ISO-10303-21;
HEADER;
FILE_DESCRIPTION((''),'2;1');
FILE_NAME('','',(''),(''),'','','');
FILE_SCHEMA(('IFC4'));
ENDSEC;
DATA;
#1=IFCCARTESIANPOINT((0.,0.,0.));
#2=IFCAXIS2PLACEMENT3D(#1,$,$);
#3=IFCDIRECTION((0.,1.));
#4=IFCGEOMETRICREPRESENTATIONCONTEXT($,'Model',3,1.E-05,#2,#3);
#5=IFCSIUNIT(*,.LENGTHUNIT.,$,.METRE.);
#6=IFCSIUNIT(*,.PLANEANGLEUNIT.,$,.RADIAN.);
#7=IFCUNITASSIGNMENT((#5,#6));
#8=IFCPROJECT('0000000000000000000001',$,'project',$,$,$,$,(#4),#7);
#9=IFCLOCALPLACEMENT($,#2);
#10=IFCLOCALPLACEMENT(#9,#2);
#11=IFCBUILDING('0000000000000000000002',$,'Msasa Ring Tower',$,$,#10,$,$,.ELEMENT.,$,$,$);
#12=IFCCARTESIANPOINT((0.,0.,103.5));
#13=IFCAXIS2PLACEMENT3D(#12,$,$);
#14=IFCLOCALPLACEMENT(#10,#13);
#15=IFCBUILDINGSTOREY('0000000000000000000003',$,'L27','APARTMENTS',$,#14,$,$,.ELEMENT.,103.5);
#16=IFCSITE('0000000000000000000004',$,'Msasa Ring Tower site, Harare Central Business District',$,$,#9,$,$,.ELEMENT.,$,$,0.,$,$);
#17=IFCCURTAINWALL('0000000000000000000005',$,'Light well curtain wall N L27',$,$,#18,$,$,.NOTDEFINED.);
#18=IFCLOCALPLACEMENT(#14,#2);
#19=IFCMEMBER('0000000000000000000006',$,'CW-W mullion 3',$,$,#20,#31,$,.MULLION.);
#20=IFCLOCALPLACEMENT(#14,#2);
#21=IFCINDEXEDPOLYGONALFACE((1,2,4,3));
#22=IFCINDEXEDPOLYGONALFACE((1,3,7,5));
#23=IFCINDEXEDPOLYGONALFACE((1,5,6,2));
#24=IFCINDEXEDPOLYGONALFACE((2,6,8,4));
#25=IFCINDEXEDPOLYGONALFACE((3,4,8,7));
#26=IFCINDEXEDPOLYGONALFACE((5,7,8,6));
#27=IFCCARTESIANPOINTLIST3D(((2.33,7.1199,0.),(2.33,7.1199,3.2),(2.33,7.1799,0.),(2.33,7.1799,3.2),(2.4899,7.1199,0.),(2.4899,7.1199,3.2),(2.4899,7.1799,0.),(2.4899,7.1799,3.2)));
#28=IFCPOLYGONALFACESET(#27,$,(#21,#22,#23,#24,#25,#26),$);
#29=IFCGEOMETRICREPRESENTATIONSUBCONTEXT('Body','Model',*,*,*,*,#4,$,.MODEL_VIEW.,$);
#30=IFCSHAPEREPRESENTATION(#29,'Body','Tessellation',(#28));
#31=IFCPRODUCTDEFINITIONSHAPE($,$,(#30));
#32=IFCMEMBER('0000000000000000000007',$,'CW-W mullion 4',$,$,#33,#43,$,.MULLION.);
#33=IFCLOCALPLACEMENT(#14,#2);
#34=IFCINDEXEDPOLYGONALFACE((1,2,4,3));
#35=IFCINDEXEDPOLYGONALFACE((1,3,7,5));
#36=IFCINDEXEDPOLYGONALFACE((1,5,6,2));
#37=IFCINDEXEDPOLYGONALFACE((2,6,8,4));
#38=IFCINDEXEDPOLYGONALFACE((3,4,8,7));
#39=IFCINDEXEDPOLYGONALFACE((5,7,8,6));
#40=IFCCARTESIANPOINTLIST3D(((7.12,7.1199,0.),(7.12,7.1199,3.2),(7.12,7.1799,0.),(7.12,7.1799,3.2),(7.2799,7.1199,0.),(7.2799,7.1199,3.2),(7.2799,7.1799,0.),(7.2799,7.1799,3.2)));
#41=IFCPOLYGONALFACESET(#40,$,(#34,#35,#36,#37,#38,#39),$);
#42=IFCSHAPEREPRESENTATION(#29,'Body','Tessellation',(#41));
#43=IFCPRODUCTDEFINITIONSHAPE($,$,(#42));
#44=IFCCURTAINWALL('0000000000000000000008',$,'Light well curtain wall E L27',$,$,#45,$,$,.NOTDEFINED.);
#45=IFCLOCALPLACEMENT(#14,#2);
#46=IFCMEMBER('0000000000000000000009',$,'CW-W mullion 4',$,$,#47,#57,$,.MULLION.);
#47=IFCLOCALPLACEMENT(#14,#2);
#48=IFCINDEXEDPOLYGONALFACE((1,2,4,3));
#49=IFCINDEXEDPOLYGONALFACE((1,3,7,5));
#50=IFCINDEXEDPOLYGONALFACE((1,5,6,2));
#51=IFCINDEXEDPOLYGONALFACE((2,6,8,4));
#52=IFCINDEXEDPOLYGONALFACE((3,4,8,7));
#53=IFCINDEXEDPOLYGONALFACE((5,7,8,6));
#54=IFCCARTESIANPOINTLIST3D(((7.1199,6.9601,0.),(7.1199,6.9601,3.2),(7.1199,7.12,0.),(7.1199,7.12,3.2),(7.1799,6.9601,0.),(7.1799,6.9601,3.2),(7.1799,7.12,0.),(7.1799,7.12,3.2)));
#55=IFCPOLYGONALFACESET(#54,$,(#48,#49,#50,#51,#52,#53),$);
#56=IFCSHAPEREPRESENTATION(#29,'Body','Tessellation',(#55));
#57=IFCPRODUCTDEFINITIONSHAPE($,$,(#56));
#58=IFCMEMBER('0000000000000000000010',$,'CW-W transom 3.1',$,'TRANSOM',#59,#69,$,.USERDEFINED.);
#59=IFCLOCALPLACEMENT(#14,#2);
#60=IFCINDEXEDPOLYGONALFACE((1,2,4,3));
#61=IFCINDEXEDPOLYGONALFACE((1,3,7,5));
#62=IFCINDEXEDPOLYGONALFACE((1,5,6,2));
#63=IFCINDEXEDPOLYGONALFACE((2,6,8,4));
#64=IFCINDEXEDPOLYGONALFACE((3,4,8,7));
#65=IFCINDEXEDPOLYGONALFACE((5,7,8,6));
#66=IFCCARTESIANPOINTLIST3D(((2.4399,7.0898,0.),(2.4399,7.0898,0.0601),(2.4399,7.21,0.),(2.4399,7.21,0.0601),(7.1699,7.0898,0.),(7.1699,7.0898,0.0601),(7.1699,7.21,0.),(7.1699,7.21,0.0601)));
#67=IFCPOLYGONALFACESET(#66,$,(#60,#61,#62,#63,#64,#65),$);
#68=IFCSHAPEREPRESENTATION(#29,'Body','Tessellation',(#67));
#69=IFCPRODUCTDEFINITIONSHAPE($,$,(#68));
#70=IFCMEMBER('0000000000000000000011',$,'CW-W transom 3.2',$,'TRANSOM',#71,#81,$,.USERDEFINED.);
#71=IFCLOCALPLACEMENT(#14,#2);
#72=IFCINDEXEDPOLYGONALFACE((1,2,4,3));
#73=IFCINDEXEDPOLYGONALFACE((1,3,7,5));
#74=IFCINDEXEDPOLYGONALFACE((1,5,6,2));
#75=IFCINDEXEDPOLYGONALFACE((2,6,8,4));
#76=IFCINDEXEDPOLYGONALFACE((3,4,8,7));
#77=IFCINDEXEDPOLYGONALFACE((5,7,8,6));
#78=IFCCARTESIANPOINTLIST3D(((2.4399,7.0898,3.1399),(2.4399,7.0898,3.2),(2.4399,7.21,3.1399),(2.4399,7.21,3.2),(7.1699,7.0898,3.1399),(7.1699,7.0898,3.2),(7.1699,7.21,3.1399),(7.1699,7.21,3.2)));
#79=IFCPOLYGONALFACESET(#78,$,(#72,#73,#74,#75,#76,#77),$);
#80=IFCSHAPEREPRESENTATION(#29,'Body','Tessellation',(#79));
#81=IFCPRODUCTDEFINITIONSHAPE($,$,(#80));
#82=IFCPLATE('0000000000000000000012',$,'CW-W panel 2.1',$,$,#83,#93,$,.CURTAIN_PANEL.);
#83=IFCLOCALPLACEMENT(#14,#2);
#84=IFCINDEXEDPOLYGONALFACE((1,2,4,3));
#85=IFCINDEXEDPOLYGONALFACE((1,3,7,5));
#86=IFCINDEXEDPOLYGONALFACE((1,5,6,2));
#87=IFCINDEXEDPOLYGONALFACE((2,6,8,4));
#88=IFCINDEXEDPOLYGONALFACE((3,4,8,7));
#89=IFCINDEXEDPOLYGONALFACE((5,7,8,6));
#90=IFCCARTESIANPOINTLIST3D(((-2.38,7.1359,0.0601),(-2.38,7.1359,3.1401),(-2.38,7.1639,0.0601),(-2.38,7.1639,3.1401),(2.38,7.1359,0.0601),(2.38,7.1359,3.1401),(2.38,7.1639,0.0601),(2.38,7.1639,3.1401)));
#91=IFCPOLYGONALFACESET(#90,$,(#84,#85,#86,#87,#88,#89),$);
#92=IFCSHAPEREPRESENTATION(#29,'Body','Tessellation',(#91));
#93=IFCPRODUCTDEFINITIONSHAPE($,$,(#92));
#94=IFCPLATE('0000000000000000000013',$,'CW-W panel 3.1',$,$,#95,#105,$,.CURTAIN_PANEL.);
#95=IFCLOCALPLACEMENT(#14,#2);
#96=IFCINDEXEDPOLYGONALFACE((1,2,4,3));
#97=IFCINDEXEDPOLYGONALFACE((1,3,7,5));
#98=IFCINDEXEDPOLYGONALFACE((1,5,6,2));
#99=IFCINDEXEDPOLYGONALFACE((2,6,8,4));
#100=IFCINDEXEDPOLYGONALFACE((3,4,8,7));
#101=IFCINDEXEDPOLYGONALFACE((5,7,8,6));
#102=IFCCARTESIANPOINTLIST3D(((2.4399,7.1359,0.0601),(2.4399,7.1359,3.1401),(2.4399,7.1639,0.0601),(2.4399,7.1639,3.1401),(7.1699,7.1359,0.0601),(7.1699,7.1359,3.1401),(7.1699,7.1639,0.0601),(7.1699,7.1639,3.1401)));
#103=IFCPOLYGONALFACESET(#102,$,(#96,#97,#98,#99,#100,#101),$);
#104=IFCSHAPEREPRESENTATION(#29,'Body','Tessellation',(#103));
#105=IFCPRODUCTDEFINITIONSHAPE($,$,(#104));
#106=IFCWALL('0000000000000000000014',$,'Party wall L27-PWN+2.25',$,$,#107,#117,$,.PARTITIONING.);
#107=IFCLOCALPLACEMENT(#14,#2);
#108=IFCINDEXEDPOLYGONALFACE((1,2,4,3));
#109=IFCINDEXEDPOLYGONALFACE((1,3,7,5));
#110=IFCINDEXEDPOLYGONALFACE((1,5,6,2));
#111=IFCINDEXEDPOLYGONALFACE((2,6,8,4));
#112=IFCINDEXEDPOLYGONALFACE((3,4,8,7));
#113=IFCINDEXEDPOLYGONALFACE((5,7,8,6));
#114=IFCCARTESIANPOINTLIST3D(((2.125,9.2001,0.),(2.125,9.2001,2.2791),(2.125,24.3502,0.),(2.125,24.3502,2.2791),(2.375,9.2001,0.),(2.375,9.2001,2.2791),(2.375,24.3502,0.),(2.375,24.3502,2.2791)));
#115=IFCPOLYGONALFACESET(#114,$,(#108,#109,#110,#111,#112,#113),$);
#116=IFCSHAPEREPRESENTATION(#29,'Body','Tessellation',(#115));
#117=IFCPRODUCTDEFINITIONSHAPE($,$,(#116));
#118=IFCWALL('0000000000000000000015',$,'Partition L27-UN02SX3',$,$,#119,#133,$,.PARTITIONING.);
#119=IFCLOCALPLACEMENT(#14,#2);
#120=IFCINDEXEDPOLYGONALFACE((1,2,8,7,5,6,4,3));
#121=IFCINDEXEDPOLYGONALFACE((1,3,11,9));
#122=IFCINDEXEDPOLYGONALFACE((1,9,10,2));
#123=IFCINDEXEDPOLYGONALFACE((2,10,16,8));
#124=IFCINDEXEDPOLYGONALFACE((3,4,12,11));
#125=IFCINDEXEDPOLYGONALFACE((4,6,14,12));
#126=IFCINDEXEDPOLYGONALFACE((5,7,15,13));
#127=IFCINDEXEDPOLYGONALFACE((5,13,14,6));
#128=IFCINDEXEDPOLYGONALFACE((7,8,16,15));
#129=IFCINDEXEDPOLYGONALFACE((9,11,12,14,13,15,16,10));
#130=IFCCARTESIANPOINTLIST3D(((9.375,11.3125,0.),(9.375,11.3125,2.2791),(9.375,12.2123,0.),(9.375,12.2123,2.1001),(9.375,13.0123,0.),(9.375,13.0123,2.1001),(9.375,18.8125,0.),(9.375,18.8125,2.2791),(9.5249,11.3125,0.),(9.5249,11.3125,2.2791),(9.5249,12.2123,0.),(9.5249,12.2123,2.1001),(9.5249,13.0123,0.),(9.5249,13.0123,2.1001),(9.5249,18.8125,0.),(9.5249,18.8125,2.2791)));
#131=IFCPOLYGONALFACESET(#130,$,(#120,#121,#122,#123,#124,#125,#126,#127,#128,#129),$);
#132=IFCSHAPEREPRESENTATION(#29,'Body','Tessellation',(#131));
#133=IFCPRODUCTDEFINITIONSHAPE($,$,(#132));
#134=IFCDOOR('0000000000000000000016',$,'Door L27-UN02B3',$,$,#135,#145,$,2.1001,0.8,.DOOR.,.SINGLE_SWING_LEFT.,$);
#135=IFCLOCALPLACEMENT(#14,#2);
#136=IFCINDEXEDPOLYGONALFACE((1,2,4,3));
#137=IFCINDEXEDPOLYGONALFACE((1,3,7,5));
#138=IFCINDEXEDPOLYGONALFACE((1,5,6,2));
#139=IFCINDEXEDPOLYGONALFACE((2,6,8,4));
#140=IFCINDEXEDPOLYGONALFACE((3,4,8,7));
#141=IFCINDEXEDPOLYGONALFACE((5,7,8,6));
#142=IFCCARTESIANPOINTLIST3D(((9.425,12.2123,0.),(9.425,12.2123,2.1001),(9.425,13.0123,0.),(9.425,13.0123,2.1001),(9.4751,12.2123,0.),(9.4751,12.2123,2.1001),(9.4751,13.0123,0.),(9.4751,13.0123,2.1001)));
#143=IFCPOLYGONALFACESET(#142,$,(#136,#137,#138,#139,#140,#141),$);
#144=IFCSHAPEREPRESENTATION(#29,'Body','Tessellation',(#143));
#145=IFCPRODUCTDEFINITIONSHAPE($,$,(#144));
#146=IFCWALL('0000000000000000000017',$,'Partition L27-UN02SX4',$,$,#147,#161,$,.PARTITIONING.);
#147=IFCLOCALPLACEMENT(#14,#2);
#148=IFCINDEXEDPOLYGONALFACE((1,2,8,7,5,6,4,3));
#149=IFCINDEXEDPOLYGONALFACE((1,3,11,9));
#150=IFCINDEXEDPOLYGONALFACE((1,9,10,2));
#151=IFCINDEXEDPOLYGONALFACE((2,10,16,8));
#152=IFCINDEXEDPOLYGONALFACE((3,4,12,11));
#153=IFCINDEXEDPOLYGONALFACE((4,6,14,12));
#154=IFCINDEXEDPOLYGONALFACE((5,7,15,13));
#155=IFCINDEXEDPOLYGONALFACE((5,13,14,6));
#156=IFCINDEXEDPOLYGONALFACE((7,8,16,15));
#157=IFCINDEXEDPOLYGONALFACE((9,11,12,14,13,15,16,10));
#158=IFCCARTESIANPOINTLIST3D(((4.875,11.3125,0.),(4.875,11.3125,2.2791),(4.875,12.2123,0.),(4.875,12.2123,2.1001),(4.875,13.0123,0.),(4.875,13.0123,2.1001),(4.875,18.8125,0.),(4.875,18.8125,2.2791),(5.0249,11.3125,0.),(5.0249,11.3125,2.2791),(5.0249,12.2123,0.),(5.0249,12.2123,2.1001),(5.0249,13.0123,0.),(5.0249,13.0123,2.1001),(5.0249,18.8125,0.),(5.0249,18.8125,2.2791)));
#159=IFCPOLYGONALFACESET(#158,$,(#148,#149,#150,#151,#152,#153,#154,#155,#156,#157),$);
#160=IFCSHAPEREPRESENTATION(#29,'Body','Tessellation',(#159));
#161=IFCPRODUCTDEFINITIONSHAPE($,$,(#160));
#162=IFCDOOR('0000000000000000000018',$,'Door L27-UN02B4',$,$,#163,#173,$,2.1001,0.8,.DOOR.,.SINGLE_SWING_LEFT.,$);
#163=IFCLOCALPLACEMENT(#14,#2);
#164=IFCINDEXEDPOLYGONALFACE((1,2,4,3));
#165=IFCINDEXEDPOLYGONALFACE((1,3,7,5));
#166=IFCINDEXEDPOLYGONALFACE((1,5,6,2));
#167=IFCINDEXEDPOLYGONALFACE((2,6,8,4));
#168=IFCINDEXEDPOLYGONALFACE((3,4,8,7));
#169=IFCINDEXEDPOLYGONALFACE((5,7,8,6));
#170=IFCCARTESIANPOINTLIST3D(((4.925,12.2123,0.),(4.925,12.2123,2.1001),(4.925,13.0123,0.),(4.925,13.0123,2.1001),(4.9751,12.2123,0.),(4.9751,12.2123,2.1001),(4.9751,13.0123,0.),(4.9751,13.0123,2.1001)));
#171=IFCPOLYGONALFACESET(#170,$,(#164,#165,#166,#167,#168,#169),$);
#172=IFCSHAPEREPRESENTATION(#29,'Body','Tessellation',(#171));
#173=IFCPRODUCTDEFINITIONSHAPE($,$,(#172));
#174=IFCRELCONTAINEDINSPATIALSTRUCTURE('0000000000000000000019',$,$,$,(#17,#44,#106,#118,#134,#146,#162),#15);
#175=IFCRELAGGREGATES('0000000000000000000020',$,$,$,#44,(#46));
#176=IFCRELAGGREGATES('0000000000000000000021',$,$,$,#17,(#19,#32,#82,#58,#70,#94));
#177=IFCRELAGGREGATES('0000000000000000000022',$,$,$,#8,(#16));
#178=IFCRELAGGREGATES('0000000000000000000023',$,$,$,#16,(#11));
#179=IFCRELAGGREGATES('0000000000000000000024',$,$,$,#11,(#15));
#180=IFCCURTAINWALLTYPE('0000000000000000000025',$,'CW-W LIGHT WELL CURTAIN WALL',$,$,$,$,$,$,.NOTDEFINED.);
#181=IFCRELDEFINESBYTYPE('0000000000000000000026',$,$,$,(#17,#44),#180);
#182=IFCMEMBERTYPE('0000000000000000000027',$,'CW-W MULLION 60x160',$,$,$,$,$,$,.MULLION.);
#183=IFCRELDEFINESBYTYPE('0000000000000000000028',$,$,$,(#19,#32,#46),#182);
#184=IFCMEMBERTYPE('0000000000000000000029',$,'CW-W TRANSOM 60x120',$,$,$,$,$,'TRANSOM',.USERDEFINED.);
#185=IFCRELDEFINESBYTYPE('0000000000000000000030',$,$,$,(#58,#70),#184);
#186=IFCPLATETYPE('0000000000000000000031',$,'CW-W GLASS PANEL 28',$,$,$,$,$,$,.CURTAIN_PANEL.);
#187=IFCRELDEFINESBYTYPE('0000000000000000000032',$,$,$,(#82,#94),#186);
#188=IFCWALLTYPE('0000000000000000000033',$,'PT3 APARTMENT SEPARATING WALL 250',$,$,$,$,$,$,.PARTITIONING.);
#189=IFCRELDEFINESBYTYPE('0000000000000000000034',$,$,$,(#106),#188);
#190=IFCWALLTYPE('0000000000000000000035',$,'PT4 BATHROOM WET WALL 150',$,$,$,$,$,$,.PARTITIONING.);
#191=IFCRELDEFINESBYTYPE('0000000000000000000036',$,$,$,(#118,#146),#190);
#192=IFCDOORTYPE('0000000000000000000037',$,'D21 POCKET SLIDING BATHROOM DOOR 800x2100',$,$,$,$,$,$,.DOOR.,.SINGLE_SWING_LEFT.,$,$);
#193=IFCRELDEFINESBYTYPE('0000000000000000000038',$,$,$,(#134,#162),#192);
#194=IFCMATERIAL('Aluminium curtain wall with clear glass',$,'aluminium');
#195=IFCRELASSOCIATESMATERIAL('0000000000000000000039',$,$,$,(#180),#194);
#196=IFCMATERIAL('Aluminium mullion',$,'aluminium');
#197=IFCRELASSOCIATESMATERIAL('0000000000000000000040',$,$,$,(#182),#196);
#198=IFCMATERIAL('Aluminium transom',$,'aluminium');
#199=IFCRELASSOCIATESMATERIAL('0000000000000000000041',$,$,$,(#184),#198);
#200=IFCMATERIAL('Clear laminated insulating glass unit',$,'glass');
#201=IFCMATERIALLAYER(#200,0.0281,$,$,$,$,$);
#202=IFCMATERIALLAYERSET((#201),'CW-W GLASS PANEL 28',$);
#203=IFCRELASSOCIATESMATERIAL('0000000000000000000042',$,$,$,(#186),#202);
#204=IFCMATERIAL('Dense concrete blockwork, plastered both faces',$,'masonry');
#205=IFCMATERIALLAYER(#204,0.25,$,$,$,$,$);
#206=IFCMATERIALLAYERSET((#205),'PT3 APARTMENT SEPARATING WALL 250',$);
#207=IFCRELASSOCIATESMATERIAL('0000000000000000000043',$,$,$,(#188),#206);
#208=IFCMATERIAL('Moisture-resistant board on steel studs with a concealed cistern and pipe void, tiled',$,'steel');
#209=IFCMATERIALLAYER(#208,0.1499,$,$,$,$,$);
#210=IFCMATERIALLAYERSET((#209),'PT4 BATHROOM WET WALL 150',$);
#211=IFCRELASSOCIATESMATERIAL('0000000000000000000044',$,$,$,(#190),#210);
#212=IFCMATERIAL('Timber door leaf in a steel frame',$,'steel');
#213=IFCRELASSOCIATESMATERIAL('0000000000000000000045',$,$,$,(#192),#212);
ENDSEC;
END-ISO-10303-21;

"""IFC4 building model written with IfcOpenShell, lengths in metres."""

from ifc_helpers import new_model, si_unit, direction, frame, frame_2d, origin, origin_2d, place, context, subcontext, project, spatial, rectangle, extrude, material, layer, layer_set, material_profile, profile_set, type_object, element, fill, aggregate, save


model = new_model("IFC4")

# Units and contexts
model_context = context("Model", 3, precision=1e-05, world=origin(), true_north=direction((0.0, 1.0)))
body_context = subcontext(model_context, "Body", "Model", "MODEL_VIEW")
ifc_project = project(units=[si_unit("LENGTHUNIT", "METRE"), si_unit("PLANEANGLEUNIT", "RADIAN")], contexts=[model_context])

# Site, building, storey
site_placement = place(None, origin())
site = spatial("IfcSite", under=ifc_project, at=site_placement, Name="Msasa Ring Tower site, Harare Central Business District", CompositionType="ELEMENT", RefElevation=0.0)
building_placement = place(site_placement, origin())
building = spatial("IfcBuilding", under=site, at=building_placement, Name="Msasa Ring Tower", CompositionType="ELEMENT")
storey_placement = place(building_placement, frame((0.0, 0.0, 103.5)))
storey = spatial("IfcBuildingStorey", under=building, at=storey_placement, Name="L27", Description="APARTMENTS", CompositionType="ELEMENT", Elevation=103.5)

# Curtain wall, members
ifc_material_1 = material(Name="Aluminium curtain wall with clear glass", Category="aluminium")
curtain_wall_type = type_object("IfcCurtainWallType", Name="CW-W LIGHT WELL CURTAIN WALL", PredefinedType="NOTDEFINED", material=ifc_material_1)
curtain_wall_1_placement = place(storey_placement, origin())
curtain_wall_1 = element("IfcCurtainWall", 1, at=curtain_wall_1_placement, inside=storey, type_object=curtain_wall_type, Name="Light well curtain wall N L27", PredefinedType="NOTDEFINED")
ifc_material_2 = material(Name="Aluminium mullion", Category="aluminium")
ifc_material_profile_1 = material_profile(ifc_material_2, rectangle(XDim=0.0601, YDim=0.1599, at=origin_2d()), Name="AL 60x160")
ifc_profile_set_1 = profile_set([ifc_material_profile_1], Name="Aluminium mullion")
member_type_1 = type_object("IfcMemberType", Name="CW-W MULLION 60x160", PredefinedType="MULLION", material=ifc_profile_set_1)
member_1_placement = place(storey_placement, frame((2.4099, 7.1499, 0.0), z_axis=(0.0, 0.0, 1.0), x_axis=(0.0, 1.0, 0.0)))
member_1 = element("IfcMember", 2, at=member_1_placement, type_object=member_type_1, Name="CW-W mullion 3", PredefinedType="MULLION", context=body_context, shape_type="SweptSolid", body=[
    extrude(rectangle(XDim=0.0601, YDim=0.1599, at=origin_2d()), origin(), (0.0, 0.0, 1.0), 3.2),
])
member_2_placement = place(storey_placement, frame((7.2, 7.1499, 0.0), z_axis=(0.0, 0.0, 1.0), x_axis=(0.0, 1.0, 0.0)))
member_2 = element("IfcMember", 3, at=member_2_placement, type_object=member_type_1, Name="CW-W mullion 4", PredefinedType="MULLION", context=body_context, shape_type="SweptSolid", body=[
    extrude(rectangle(XDim=0.0601, YDim=0.1599, at=origin_2d()), origin(), (0.0, 0.0, 1.0), 3.2),
])

# Curtain wall, member
curtain_wall_2_placement = place(storey_placement, origin())
curtain_wall_2 = element("IfcCurtainWall", 4, at=curtain_wall_2_placement, inside=storey, type_object=curtain_wall_type, Name="Light well curtain wall E L27", PredefinedType="NOTDEFINED")
member_3_placement = place(storey_placement, frame((7.1499, 7.04, 0.0), z_axis=(0.0, 0.0, 1.0), x_axis=(-1.0, 0.0, 0.0)))
member_3 = element("IfcMember", 5, at=member_3_placement, type_object=member_type_1, Name="CW-W mullion 4", PredefinedType="MULLION", context=body_context, shape_type="SweptSolid", body=[
    extrude(rectangle(XDim=0.0601, YDim=0.1599, at=origin_2d()), origin(), (0.0, 0.0, 1.0), 3.2),
])
aggregate(curtain_wall_2, [member_3])

# Members
ifc_material_3 = material(Name="Aluminium transom", Category="aluminium")
ifc_material_profile_2 = material_profile(ifc_material_3, rectangle(XDim=0.1201, YDim=0.0601, at=origin_2d()), Name="AL 60x120")
ifc_profile_set_2 = profile_set([ifc_material_profile_2], Name="Aluminium transom")
member_type_2 = type_object("IfcMemberType", Name="CW-W TRANSOM 60x120", ElementType="TRANSOM", PredefinedType="USERDEFINED", material=ifc_profile_set_2)
member_4_placement = place(storey_placement, frame((2.4399, 7.1499, 0.03), z_axis=(1.0, 0.0, 0.0), x_axis=(0.0, 1.0, 0.0)))
member_4 = element("IfcMember", 6, at=member_4_placement, type_object=member_type_2, Name="CW-W transom 3.1", ObjectType="TRANSOM", PredefinedType="USERDEFINED", context=body_context, shape_type="SweptSolid", body=[
    extrude(rectangle(XDim=0.1201, YDim=0.0601, at=origin_2d()), origin(), (0.0, 0.0, 1.0), 4.73),
])
member_5_placement = place(storey_placement, frame((2.4399, 7.1499, 3.1699), z_axis=(1.0, 0.0, 0.0), x_axis=(0.0, 1.0, 0.0)))
member_5 = element("IfcMember", 7, at=member_5_placement, type_object=member_type_2, Name="CW-W transom 3.2", ObjectType="TRANSOM", PredefinedType="USERDEFINED", context=body_context, shape_type="SweptSolid", body=[
    extrude(rectangle(XDim=0.1201, YDim=0.0601, at=origin_2d()), origin(), (0.0, 0.0, 1.0), 4.73),
])

# Plates
ifc_material_4 = material(Name="Clear laminated insulating glass unit", Category="glass")
ifc_layer_1 = layer(ifc_material_4, 0.0281)
ifc_layer_set_1 = layer_set([ifc_layer_1], Name="CW-W GLASS PANEL 28")
plate_type = type_object("IfcPlateType", Name="CW-W GLASS PANEL 28", PredefinedType="CURTAIN_PANEL", material=ifc_layer_set_1)
plate_1_placement = place(storey_placement, frame((0.0, 7.1499, 0.0601), z_axis=(0.0, 0.0, 1.0), x_axis=(1.0, 0.0, 0.0)))
plate_1 = element("IfcPlate", 8, at=plate_1_placement, type_object=plate_type, Name="CW-W panel 2.1", PredefinedType="CURTAIN_PANEL", context=body_context, shape_type="SweptSolid", body=[
    extrude(rectangle(XDim=4.76, YDim=0.0281, at=origin_2d()), origin(), (0.0, 0.0, 1.0), 3.0801),
])
plate_2_placement = place(storey_placement, frame((4.8049, 7.1499, 0.0601), z_axis=(0.0, 0.0, 1.0), x_axis=(1.0, 0.0, 0.0)))
plate_2 = element("IfcPlate", 9, at=plate_2_placement, type_object=plate_type, Name="CW-W panel 3.1", PredefinedType="CURTAIN_PANEL", context=body_context, shape_type="SweptSolid", body=[
    extrude(rectangle(XDim=4.73, YDim=0.0281, at=origin_2d()), origin(), (0.0, 0.0, 1.0), 3.0801),
])
aggregate(curtain_wall_1, [member_1, member_2, plate_1, member_4, member_5, plate_2])

# Wall
ifc_material_5 = material(Name="Dense concrete blockwork, plastered both faces", Category="masonry")
ifc_layer_2 = layer(ifc_material_5, 0.25)
ifc_layer_set_2 = layer_set([ifc_layer_2], Name="PT3 APARTMENT SEPARATING WALL 250")
wall_type_1 = type_object("IfcWallType", Name="PT3 APARTMENT SEPARATING WALL 250", PredefinedType="PARTITIONING", material=ifc_layer_set_2)
wall_1_placement = place(storey_placement, frame((2.25, 9.2, 0.0), z_axis=(0.0, 0.0, 1.0), x_axis=(0.0, 1.0, 0.0)))
element("IfcWall", 10, at=wall_1_placement, inside=storey, type_object=wall_type_1, Name="Party wall L27-PWN+2.25", PredefinedType="PARTITIONING", context=body_context, shape_type="SweptSolid", body=[
    extrude(rectangle(XDim=15.1501, YDim=0.25, at=frame_2d((7.5752, 0.0))), origin(), (0.0, 0.0, 1.0), 2.2791),
])

# Walls, openings, doors
ifc_material_6 = material(Name="Moisture-resistant board on steel studs with a concealed cistern and pipe void, tiled", Category="steel")
ifc_layer_3 = layer(ifc_material_6, 0.1499)
ifc_layer_set_3 = layer_set([ifc_layer_3], Name="PT4 BATHROOM WET WALL 150")
wall_type_2 = type_object("IfcWallType", Name="PT4 BATHROOM WET WALL 150", PredefinedType="PARTITIONING", material=ifc_layer_set_3)
wall_2_placement = place(storey_placement, frame((9.45, 11.3125, 0.0), z_axis=(0.0, 0.0, 1.0), x_axis=(0.0, 1.0, 0.0)))
wall_2 = element("IfcWall", 11, at=wall_2_placement, inside=storey, type_object=wall_type_2, Name="Partition L27-UN02SX3", PredefinedType="PARTITIONING", context=body_context, shape_type="SweptSolid", body=[
    extrude(rectangle(XDim=7.5, YDim=0.1499, at=frame_2d((3.75, 0.0))), origin(), (0.0, 0.0, 1.0), 2.2791),
])
opening_1_placement = place(wall_2_placement, frame((0.8999, 0.0, 0.0)))
opening_1 = element("IfcOpeningElement", 12, at=opening_1_placement, cuts=wall_2, PredefinedType="OPENING", context=body_context, shape_type="SweptSolid", body=[
    extrude(rectangle(XDim=0.8, YDim=2.1001, at=frame_2d((0.3999, 1.05))), frame((0.0, 0.085, 0.0), z_axis=(0.0, -1.0, 0.0), x_axis=(1.0, 0.0, 0.0)), (0.0, 0.0, 1.0), 0.1699),
])
ifc_material_7 = material(Name="Timber door leaf in a steel frame", Category="steel")
door_type = type_object("IfcDoorType", Name="D21 POCKET SLIDING BATHROOM DOOR 800x2100", OperationType="SINGLE_SWING_LEFT", PredefinedType="DOOR", material=ifc_material_7)
door_1_placement = place(opening_1_placement, origin())
door_1 = element("IfcDoor", 13, at=door_1_placement, inside=storey, type_object=door_type, Name="Door L27-UN02B3", OperationType="SINGLE_SWING_LEFT", OverallHeight=2.1001, OverallWidth=0.8, PredefinedType="DOOR", context=body_context, shape_type="SweptSolid", body=[
    extrude(rectangle(XDim=0.8, YDim=2.1001, at=frame_2d((0.3999, 1.05))), frame((0.0, 0.0249, 0.0), z_axis=(0.0, -1.0, 0.0), x_axis=(1.0, 0.0, 0.0)), (0.0, 0.0, 1.0), 0.05),
])
fill(opening_1, door_1)
wall_3_placement = place(storey_placement, frame((4.95, 11.3125, 0.0), z_axis=(0.0, 0.0, 1.0), x_axis=(0.0, 1.0, 0.0)))
wall_3 = element("IfcWall", 14, at=wall_3_placement, inside=storey, type_object=wall_type_2, Name="Partition L27-UN02SX4", PredefinedType="PARTITIONING", context=body_context, shape_type="SweptSolid", body=[
    extrude(rectangle(XDim=7.5, YDim=0.1499, at=frame_2d((3.75, 0.0))), origin(), (0.0, 0.0, 1.0), 2.2791),
])
opening_2_placement = place(wall_3_placement, frame((0.8999, 0.0, 0.0)))
opening_2 = element("IfcOpeningElement", 15, at=opening_2_placement, cuts=wall_3, PredefinedType="OPENING", context=body_context, shape_type="SweptSolid", body=[
    extrude(rectangle(XDim=0.8, YDim=2.1001, at=frame_2d((0.3999, 1.05))), frame((0.0, 0.085, 0.0), z_axis=(0.0, -1.0, 0.0), x_axis=(1.0, 0.0, 0.0)), (0.0, 0.0, 1.0), 0.1699),
])
door_2_placement = place(opening_2_placement, origin())
door_2 = element("IfcDoor", 16, at=door_2_placement, inside=storey, type_object=door_type, Name="Door L27-UN02B4", OperationType="SINGLE_SWING_LEFT", OverallHeight=2.1001, OverallWidth=0.8, PredefinedType="DOOR", context=body_context, shape_type="SweptSolid", body=[
    extrude(rectangle(XDim=0.8, YDim=2.1001, at=frame_2d((0.3999, 1.05))), frame((0.0, 0.0249, 0.0), z_axis=(0.0, -1.0, 0.0), x_axis=(1.0, 0.0, 0.0)), (0.0, 0.0, 1.0), 0.05),
])
fill(opening_2, door_2)

save(model, "model.ifc")
